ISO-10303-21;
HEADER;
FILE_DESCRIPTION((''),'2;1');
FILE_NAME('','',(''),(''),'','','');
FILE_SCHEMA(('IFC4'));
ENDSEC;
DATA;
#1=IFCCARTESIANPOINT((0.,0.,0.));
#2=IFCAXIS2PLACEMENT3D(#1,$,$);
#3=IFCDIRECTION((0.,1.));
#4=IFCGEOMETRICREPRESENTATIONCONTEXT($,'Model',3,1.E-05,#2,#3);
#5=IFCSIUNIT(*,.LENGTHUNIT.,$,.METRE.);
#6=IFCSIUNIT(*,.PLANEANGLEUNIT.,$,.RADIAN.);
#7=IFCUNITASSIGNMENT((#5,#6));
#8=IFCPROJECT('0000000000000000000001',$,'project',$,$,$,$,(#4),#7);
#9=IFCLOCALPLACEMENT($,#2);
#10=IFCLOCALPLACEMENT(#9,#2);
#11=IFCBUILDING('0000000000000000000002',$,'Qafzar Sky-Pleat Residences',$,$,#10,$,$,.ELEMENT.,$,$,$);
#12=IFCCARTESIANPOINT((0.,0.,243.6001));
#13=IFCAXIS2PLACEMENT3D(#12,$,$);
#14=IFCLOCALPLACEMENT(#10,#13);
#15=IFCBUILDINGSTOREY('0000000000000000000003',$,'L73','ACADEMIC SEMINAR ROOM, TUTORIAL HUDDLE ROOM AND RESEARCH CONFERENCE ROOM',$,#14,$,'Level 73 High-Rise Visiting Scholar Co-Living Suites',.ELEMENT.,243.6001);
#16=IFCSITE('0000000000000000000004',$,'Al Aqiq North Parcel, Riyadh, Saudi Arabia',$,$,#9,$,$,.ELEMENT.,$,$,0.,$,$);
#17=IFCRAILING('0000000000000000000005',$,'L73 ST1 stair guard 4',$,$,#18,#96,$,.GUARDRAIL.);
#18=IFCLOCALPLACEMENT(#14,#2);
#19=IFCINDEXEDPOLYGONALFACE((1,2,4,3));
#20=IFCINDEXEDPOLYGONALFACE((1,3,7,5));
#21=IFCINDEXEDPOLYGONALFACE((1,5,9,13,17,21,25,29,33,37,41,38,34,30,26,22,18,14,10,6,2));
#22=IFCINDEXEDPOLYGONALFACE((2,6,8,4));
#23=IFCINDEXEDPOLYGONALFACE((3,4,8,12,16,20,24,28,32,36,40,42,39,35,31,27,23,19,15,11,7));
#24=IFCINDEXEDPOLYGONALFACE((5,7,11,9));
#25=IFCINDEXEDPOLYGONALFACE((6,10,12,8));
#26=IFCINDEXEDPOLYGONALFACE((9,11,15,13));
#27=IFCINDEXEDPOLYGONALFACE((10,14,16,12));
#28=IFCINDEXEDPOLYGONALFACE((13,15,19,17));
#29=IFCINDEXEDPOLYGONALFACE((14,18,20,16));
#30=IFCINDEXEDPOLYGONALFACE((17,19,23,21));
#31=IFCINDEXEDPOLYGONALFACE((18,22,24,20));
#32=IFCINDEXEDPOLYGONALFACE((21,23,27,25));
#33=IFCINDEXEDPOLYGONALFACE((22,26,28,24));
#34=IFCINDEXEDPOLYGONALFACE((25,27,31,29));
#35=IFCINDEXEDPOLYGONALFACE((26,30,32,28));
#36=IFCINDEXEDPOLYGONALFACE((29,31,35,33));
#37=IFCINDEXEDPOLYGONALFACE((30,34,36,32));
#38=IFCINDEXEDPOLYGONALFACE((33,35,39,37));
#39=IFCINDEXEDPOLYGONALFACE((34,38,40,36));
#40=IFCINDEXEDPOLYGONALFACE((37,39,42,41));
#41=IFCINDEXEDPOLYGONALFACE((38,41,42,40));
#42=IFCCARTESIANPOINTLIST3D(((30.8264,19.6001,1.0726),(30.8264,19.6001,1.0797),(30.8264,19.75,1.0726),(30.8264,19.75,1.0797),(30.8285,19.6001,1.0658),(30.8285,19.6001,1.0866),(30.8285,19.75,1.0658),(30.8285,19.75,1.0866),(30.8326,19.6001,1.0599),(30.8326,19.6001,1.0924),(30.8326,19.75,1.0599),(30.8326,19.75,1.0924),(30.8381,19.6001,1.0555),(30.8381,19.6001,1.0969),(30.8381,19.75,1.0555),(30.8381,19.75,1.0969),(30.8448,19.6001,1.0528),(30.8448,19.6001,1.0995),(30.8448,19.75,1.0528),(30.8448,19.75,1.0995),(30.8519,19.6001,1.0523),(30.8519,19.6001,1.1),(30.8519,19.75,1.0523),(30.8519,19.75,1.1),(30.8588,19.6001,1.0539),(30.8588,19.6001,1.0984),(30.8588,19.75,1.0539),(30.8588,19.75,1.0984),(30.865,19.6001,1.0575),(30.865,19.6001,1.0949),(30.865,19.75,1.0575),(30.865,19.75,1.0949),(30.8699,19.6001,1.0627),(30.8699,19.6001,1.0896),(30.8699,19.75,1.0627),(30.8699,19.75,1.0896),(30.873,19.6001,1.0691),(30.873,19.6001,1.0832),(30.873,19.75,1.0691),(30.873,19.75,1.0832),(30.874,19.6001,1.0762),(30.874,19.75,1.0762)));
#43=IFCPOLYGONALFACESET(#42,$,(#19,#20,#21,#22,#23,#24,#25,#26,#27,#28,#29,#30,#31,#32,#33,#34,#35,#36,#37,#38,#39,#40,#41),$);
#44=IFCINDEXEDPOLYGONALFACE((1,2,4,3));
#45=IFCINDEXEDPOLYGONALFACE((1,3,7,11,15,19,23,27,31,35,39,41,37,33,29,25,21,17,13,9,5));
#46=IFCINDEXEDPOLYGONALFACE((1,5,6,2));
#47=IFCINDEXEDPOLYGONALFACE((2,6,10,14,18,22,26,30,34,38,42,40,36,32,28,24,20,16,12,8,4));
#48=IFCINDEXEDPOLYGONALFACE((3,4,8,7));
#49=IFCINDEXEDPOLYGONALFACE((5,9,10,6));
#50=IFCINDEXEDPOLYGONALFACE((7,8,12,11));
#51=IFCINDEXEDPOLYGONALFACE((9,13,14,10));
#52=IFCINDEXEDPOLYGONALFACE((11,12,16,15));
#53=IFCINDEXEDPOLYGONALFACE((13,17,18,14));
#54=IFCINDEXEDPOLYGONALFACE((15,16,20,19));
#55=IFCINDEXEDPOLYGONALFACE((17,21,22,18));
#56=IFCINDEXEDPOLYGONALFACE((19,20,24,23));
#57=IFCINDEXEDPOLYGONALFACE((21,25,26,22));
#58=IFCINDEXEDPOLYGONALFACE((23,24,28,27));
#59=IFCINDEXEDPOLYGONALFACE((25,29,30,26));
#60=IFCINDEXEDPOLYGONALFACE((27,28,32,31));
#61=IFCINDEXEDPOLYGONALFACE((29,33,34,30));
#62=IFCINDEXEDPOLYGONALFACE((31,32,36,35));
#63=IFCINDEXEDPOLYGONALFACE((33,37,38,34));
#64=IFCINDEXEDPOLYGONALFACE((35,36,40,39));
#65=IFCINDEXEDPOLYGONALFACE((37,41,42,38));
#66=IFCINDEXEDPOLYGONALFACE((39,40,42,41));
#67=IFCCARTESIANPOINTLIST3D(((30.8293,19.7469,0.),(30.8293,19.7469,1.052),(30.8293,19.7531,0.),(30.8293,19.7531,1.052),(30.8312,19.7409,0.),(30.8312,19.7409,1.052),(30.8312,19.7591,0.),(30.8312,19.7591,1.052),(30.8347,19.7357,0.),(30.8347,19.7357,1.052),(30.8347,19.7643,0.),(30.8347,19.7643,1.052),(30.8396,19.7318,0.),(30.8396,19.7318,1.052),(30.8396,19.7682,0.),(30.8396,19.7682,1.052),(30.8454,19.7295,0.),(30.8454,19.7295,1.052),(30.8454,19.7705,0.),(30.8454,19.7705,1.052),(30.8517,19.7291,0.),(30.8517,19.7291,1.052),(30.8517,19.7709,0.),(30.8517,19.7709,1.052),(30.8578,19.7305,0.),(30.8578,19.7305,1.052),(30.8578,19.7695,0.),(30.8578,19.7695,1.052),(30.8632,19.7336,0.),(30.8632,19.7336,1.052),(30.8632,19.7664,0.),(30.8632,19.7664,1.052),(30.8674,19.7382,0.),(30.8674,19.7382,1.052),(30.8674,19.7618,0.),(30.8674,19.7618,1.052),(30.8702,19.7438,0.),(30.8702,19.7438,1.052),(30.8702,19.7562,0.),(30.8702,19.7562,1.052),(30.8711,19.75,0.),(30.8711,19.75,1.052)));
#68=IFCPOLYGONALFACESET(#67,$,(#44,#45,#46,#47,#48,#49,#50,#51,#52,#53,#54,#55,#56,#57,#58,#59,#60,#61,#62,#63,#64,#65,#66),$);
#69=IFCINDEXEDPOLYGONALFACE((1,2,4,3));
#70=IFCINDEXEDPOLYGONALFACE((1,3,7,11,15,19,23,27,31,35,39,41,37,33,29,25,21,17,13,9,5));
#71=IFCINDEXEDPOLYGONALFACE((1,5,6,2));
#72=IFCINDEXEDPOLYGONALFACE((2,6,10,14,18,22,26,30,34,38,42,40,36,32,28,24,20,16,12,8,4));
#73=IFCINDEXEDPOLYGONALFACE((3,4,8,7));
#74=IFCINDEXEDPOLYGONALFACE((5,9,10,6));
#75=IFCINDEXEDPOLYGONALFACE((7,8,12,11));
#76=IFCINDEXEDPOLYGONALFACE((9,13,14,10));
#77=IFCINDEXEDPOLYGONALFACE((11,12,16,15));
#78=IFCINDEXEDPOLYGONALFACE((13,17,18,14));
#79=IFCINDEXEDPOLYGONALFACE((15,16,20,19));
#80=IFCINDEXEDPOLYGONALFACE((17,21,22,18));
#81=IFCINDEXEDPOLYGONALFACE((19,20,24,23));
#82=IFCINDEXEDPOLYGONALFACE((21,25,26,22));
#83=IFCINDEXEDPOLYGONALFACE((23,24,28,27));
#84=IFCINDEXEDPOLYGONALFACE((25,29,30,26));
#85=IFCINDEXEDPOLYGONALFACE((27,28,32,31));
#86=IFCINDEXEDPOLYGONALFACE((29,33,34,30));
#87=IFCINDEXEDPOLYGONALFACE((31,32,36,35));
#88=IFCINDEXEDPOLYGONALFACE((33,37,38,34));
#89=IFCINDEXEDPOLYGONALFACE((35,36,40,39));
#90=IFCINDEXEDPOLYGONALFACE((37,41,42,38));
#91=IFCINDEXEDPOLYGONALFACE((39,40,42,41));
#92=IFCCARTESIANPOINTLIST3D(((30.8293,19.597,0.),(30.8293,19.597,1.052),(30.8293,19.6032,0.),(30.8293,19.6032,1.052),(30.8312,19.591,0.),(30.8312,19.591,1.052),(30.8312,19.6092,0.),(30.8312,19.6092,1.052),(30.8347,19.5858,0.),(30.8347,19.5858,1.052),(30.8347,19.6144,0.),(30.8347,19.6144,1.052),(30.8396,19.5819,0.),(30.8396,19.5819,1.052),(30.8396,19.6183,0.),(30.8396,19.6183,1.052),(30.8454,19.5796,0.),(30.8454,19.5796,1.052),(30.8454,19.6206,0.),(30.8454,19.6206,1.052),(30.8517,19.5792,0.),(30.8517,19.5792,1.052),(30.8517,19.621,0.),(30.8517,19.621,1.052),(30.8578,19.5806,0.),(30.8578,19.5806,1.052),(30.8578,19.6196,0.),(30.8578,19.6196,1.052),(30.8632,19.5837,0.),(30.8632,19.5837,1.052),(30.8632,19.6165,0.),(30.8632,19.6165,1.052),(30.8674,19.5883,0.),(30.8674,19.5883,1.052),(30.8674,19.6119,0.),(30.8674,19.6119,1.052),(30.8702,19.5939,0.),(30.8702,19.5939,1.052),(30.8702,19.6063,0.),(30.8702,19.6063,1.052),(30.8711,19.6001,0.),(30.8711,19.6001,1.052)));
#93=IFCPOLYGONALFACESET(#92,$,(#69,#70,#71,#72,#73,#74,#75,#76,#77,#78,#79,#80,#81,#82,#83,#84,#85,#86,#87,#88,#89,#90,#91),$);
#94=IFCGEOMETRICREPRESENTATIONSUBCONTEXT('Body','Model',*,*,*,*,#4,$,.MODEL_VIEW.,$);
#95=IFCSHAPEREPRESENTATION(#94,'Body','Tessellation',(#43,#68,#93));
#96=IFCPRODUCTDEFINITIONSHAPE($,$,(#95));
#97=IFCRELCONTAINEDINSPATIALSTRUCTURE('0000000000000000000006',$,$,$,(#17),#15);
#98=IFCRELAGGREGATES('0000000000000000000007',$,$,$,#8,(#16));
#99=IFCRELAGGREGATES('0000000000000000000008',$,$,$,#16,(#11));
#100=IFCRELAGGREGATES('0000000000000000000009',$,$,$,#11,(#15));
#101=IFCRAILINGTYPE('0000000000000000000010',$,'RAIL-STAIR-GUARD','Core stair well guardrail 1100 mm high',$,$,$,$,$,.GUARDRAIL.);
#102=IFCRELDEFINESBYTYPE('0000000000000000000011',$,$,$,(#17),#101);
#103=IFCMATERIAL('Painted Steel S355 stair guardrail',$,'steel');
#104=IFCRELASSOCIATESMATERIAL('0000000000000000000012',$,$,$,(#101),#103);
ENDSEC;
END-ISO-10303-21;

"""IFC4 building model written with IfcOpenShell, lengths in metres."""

from ifc_helpers import new_model, si_unit, direction, frame, origin, origin_2d, place, context, subcontext, project, spatial, circle, extrude, source, transform, mapped, material, type_object, element, save


model = new_model("IFC4")

# Units and contexts
model_context = context("Model", 3, precision=1e-05, world=origin(), true_north=direction((0.0, 1.0)))
body_context = subcontext(model_context, "Body", "Model", "MODEL_VIEW")
ifc_project = project(units=[si_unit("LENGTHUNIT", "METRE"), si_unit("PLANEANGLEUNIT", "RADIAN")], contexts=[model_context])

# Site, building, storey
site_placement = place(None, origin())
site = spatial("IfcSite", under=ifc_project, at=site_placement, Name="Al Aqiq North Parcel, Riyadh, Saudi Arabia", CompositionType="ELEMENT", RefElevation=0.0)
building_placement = place(site_placement, origin())
building = spatial("IfcBuilding", under=site, at=building_placement, Name="Qafzar Sky-Pleat Residences", CompositionType="ELEMENT")
storey_placement = place(building_placement, frame((0.0, 0.0, 243.6001)))
storey = spatial("IfcBuildingStorey", under=building, at=storey_placement, Name="L73", Description="ACADEMIC SEMINAR ROOM, TUTORIAL HUDDLE ROOM AND RESEARCH CONFERENCE ROOM", LongName="Level 73 High-Rise Visiting Scholar Co-Living Suites", CompositionType="ELEMENT", Elevation=243.6001)

# Railing
ifc_material_1 = material(Name="Painted Steel S355 stair guardrail", Category="steel")
railing_type_1 = type_object("IfcRailingType", Name="RAIL-STAIR-GUARD", Description="Core stair well guardrail 1100 mm high", PredefinedType="GUARDRAIL", material=ifc_material_1)
shared_shape_1 = source(origin(), body_context, "Body", "SweptSolid", [
    extrude(circle(Radius=0.0239, at=origin_2d()), frame((0.0, 0.0, 1.0762), z_axis=(0.0, -1.0, 0.0), x_axis=(1.0, 0.0, 0.0)), (0.0, 0.0, 1.0), 0.1499),
    extrude(circle(Radius=0.021, at=origin_2d()), origin(), (0.0, 0.0, 1.0), 1.052),
    extrude(circle(Radius=0.021, at=origin_2d()), frame((0.0, -0.1499, 0.0)), (0.0, 0.0, 1.0), 1.052),
])
for number, where, name in (
    (1, (30.8501, 19.75, 0.0), "L73 ST1 stair guard 4"),
):
    element("IfcRailing", number, at=place(storey_placement, frame(where)), inside=storey, type_object=railing_type_1, Name=name, PredefinedType="GUARDRAIL", context=body_context, shape_type="MappedRepresentation", body=[
        mapped(shared_shape_1, transform((0.0, 0.0, 0.0), x_axis=(1.0, 0.0, 0.0), y_axis=(0.0, 1.0, 0.0), z_axis=(0.0, 0.0, 1.0), scale=1.0)),
    ])

save(model, "model.ifc")
